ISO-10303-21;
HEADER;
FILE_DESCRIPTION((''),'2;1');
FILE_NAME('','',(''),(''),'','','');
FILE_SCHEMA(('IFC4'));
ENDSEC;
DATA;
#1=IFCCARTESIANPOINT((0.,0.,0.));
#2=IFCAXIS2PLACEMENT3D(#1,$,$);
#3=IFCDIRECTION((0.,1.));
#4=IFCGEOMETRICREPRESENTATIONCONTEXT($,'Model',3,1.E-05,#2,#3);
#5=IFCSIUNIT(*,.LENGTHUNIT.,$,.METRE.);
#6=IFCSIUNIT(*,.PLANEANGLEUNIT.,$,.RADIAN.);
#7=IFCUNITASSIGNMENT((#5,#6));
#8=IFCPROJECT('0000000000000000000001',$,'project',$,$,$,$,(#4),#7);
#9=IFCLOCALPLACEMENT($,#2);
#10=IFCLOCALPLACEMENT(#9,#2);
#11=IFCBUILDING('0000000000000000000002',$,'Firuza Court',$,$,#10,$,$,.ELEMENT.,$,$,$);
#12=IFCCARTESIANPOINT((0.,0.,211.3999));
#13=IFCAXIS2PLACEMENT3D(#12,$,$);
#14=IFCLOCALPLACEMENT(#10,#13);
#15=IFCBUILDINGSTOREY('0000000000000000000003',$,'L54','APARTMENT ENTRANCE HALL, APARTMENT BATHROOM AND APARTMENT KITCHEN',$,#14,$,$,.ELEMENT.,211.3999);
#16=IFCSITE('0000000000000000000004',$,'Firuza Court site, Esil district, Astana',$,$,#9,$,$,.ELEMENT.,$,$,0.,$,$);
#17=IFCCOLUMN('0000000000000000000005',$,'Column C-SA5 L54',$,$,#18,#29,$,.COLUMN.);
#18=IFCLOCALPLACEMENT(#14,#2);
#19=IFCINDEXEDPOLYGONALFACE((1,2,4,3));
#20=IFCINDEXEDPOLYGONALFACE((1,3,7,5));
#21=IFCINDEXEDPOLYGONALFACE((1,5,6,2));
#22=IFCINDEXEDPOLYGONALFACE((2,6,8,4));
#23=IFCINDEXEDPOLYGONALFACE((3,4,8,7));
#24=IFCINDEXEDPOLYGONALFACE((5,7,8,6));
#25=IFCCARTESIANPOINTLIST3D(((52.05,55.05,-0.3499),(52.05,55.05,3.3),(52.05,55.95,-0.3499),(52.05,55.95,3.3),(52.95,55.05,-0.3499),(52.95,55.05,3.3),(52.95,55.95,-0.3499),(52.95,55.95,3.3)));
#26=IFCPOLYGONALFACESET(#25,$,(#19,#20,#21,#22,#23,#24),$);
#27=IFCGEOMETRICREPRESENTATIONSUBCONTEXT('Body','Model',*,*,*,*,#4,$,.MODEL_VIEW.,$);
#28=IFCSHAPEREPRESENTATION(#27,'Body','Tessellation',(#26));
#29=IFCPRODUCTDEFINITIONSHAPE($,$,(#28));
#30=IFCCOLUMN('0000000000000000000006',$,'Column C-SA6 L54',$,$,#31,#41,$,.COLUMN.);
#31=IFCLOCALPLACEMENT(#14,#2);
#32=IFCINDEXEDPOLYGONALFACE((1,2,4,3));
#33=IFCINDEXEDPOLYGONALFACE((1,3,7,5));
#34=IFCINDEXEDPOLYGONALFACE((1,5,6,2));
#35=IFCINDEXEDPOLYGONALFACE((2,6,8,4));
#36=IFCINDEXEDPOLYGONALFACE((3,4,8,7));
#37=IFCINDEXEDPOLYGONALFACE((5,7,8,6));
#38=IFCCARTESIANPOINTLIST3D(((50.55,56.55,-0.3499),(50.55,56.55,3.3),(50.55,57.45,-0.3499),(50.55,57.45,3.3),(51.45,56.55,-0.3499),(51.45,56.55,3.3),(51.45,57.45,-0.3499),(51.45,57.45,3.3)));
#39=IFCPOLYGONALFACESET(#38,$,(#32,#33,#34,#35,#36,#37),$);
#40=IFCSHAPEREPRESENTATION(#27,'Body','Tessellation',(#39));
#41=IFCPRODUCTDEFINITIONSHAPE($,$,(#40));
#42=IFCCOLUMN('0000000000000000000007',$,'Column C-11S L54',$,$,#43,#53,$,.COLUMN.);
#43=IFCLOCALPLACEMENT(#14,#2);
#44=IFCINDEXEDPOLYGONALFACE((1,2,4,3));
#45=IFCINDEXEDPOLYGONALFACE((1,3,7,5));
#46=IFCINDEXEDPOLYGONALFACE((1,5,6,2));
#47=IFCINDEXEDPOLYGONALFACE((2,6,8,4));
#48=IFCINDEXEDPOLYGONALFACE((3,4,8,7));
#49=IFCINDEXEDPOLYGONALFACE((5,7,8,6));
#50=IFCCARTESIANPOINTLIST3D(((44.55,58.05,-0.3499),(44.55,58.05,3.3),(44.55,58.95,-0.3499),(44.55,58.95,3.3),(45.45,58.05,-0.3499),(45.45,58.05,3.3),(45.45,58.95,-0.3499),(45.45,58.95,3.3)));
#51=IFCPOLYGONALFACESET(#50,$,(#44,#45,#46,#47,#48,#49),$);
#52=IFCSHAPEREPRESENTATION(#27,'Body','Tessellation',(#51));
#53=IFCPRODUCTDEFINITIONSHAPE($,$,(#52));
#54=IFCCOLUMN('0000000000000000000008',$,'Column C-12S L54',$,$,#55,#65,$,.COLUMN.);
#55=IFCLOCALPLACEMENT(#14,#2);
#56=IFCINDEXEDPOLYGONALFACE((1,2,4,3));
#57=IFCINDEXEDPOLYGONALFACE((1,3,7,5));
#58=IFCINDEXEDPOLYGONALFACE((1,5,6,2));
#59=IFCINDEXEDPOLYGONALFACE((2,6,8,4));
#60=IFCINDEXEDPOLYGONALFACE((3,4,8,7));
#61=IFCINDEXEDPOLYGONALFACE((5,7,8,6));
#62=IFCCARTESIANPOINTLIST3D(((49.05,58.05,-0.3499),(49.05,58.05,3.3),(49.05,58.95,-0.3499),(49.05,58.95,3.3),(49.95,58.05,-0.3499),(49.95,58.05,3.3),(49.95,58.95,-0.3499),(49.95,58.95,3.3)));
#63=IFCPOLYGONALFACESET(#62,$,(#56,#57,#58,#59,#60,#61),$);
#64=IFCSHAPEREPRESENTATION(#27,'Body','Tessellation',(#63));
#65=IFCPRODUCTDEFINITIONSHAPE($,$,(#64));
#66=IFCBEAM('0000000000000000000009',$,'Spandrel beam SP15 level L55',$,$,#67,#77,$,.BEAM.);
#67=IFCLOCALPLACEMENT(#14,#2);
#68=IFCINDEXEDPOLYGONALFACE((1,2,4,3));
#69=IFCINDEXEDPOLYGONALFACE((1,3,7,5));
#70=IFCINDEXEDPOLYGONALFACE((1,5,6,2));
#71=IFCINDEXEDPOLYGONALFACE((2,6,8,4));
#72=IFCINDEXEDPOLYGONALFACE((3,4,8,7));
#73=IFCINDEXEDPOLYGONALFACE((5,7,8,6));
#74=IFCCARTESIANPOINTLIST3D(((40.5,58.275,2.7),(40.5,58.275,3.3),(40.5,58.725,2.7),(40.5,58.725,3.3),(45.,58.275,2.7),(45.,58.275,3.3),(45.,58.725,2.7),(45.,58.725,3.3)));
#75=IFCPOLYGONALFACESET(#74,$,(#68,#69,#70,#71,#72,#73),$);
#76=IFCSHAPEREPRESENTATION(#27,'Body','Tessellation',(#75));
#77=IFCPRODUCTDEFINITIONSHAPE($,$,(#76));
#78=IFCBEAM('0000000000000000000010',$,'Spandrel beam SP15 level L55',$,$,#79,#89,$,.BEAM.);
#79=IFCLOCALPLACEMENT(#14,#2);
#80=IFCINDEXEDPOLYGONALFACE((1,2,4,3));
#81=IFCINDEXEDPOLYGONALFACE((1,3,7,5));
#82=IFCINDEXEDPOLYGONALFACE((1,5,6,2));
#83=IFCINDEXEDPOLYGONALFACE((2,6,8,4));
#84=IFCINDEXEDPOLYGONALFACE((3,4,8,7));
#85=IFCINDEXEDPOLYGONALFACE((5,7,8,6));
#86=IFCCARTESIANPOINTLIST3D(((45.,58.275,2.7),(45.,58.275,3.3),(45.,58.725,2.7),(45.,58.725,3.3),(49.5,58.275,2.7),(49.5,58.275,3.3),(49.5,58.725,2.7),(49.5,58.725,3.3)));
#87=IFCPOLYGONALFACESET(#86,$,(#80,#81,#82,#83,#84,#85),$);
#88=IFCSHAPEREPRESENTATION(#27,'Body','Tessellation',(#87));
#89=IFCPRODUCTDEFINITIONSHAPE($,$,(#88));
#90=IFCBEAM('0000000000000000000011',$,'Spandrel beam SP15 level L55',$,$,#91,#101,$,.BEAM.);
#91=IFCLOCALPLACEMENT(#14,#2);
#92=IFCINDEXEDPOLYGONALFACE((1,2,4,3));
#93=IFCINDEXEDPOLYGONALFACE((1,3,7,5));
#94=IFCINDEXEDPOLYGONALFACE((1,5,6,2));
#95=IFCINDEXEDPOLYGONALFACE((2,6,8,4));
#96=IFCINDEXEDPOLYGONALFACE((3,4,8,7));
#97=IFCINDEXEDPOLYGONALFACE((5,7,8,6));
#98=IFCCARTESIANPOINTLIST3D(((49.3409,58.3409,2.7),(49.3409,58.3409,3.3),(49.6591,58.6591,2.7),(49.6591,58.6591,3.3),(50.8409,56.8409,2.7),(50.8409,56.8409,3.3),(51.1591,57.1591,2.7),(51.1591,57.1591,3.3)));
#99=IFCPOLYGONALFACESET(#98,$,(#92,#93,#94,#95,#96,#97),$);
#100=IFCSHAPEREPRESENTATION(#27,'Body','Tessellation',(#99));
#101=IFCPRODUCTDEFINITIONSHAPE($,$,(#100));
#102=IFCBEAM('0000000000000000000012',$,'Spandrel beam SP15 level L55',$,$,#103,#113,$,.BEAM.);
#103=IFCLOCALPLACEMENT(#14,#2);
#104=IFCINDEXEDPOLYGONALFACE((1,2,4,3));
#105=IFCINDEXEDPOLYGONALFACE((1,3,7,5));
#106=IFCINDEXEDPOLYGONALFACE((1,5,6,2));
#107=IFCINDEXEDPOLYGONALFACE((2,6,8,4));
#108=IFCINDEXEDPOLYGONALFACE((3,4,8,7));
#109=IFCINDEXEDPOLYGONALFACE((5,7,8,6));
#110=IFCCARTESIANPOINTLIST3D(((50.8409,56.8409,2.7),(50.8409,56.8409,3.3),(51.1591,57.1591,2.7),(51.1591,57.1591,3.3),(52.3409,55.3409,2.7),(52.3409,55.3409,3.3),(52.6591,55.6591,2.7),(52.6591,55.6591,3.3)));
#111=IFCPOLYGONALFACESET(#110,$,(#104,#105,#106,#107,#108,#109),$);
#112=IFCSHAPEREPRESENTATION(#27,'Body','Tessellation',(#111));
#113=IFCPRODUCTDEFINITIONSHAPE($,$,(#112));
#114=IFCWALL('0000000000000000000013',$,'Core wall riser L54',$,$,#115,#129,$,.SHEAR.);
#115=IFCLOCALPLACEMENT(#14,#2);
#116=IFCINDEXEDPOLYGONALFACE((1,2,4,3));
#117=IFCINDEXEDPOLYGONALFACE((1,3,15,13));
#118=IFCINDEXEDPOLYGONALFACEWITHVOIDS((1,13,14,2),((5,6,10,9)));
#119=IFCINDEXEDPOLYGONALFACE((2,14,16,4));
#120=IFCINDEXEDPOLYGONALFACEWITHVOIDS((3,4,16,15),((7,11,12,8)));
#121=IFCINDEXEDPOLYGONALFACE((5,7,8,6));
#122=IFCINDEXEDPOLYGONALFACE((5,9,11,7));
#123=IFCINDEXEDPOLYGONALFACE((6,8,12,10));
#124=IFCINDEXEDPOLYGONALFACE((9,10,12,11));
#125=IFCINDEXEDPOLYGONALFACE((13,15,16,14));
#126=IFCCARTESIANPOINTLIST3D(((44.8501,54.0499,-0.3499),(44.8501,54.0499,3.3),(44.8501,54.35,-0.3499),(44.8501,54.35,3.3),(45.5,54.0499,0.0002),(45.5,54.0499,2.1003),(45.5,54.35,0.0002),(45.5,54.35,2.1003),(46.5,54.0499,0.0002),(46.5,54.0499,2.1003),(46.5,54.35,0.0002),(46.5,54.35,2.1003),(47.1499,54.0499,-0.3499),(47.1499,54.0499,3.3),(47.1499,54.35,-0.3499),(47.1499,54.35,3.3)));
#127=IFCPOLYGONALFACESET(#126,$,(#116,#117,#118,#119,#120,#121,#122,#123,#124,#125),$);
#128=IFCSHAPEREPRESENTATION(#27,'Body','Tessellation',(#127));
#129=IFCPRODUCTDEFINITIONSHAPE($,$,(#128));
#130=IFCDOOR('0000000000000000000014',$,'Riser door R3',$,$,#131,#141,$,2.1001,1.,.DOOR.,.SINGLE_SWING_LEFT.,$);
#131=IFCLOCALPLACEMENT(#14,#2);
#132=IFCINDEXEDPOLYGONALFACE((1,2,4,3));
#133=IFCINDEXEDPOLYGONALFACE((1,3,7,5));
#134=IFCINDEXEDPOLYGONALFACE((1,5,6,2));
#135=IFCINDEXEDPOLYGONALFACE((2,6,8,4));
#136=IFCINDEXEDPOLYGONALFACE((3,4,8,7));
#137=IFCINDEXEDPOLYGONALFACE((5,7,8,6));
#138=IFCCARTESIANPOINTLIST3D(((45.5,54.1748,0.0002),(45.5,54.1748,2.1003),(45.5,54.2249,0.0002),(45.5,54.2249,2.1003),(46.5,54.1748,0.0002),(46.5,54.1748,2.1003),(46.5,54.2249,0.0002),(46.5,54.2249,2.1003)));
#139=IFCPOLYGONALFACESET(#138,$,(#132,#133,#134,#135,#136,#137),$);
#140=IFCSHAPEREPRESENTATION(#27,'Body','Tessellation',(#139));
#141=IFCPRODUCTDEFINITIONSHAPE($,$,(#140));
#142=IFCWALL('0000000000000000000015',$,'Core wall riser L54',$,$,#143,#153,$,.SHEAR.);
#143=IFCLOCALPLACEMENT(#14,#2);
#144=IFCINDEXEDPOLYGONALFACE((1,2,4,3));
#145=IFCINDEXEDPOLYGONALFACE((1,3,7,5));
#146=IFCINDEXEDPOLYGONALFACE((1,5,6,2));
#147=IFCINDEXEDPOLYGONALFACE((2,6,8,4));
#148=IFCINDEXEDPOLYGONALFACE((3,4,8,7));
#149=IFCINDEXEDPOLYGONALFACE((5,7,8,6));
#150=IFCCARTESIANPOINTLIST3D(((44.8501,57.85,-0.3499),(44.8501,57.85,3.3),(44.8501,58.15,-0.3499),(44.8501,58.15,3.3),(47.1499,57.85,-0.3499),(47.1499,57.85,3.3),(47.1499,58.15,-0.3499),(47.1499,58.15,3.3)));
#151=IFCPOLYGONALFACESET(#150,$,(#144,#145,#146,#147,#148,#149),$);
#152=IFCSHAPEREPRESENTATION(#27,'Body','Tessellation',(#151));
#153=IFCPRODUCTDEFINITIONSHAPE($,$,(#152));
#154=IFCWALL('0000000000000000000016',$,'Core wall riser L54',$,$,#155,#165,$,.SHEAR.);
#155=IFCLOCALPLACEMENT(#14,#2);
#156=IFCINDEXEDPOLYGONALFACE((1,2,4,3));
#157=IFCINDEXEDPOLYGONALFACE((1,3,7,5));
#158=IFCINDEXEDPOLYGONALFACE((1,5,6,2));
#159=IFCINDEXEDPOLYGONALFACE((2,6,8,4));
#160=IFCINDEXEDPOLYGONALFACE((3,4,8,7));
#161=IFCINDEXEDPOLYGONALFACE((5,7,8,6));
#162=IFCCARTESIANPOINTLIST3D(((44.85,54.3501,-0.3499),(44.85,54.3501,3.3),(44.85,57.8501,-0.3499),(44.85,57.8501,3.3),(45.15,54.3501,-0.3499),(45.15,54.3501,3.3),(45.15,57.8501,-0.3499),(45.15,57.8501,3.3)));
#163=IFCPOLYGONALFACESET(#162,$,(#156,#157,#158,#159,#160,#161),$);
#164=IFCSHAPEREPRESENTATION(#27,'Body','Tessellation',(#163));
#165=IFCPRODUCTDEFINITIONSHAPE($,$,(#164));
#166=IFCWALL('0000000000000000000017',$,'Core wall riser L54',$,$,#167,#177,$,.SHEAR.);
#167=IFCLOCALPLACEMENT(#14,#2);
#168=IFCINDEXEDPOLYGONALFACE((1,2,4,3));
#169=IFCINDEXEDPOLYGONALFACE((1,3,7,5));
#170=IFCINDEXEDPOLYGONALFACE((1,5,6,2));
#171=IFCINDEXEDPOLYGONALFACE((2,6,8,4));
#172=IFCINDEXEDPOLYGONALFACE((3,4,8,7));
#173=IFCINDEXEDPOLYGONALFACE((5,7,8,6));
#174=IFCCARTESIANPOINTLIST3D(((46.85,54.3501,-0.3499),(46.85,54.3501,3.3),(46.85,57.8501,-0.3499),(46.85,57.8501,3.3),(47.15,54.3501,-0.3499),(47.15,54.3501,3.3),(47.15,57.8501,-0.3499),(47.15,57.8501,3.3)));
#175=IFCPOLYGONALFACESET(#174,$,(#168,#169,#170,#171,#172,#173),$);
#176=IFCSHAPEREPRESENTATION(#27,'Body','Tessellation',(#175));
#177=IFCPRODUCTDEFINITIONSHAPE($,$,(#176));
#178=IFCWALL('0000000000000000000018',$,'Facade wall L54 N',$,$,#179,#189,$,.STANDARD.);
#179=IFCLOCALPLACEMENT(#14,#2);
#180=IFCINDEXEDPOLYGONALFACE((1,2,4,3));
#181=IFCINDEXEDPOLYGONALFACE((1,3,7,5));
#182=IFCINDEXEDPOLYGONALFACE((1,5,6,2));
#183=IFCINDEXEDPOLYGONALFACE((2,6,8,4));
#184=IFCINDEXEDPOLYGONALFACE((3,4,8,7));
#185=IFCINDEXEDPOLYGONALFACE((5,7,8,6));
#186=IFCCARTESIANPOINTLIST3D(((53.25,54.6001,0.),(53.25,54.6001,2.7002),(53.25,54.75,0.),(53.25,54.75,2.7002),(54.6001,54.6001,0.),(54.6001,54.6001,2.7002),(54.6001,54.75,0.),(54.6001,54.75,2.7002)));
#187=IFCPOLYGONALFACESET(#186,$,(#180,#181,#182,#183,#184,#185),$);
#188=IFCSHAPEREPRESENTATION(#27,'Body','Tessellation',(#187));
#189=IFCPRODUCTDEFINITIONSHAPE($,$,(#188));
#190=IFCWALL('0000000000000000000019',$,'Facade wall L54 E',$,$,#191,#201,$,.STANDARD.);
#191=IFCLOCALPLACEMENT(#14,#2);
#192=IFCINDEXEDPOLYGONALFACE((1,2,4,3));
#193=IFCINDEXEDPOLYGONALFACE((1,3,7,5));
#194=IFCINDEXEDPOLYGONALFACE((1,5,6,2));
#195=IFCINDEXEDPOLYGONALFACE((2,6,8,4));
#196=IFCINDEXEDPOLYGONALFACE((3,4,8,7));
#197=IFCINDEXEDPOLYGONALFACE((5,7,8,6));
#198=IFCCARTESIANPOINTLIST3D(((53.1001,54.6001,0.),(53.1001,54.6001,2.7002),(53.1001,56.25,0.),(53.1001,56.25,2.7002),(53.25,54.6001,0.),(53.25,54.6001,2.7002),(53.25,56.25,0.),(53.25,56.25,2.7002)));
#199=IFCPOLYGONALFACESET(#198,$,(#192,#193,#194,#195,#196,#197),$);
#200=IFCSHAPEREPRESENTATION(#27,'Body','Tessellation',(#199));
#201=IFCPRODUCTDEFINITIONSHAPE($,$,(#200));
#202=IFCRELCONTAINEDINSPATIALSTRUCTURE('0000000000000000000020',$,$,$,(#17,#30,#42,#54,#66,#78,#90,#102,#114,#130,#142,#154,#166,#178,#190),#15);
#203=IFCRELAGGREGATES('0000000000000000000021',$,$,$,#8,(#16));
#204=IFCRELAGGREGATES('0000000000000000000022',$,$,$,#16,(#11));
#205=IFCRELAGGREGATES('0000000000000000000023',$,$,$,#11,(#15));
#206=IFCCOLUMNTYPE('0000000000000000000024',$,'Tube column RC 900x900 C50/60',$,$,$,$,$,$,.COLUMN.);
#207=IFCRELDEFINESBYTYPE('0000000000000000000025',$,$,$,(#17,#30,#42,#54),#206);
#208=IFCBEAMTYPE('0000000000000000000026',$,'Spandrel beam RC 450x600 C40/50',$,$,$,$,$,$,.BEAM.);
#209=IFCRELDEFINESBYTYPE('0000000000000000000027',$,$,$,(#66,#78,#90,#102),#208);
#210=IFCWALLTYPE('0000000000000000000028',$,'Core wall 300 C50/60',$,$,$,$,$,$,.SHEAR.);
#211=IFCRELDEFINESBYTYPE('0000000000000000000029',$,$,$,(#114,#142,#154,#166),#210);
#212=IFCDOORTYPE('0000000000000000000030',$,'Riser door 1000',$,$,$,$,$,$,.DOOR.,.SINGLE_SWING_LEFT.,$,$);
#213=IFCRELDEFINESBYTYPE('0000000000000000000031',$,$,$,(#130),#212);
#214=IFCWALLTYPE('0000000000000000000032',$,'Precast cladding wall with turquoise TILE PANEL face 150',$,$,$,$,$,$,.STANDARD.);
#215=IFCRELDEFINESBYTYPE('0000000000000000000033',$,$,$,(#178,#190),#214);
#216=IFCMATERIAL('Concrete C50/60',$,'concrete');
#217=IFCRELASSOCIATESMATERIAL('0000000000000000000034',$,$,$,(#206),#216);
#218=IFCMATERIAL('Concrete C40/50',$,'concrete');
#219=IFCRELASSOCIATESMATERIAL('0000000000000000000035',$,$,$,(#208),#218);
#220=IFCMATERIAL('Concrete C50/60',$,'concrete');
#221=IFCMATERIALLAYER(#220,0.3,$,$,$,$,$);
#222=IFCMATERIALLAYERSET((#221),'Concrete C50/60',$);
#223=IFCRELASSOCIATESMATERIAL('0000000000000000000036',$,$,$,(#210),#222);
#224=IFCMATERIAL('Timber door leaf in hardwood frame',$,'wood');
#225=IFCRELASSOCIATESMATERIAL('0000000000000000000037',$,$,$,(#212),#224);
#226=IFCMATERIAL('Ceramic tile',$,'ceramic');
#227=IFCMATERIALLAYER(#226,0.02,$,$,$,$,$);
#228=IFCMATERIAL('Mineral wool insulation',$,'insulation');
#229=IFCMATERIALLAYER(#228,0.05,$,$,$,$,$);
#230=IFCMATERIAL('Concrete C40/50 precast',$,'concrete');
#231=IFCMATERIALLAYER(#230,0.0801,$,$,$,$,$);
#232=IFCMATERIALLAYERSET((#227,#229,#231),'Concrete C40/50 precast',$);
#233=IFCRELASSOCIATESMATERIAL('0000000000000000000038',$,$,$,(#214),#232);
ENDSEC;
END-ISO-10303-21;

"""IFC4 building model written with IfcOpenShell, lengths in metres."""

from ifc_helpers import new_model, si_unit, direction, frame, frame_2d, origin, origin_2d, place, context, subcontext, project, spatial, rectangle, extrude, material, layer, layer_set, material_profile, profile_set, type_object, element, fill, save


model = new_model("IFC4")

# Units and contexts
model_context = context("Model", 3, precision=1e-05, world=origin(), true_north=direction((0.0, 1.0)))
body_context = subcontext(model_context, "Body", "Model", "MODEL_VIEW")
ifc_project = project(units=[si_unit("LENGTHUNIT", "METRE"), si_unit("PLANEANGLEUNIT", "RADIAN")], contexts=[model_context])

# Site, building, storey
site_placement = place(None, origin())
site = spatial("IfcSite", under=ifc_project, at=site_placement, Name="Firuza Court site, Esil district, Astana", CompositionType="ELEMENT", RefElevation=0.0)
building_placement = place(site_placement, origin())
building = spatial("IfcBuilding", under=site, at=building_placement, Name="Firuza Court", CompositionType="ELEMENT")
storey_placement = place(building_placement, frame((0.0, 0.0, 211.3999)))
storey = spatial("IfcBuildingStorey", under=building, at=storey_placement, Name="L54", Description="APARTMENT ENTRANCE HALL, APARTMENT BATHROOM AND APARTMENT KITCHEN", CompositionType="ELEMENT", Elevation=211.3999)

# Columns
ifc_material_1 = material(Name="Concrete C50/60", Category="concrete")
ifc_material_profile_1 = material_profile(ifc_material_1, rectangle(XDim=0.8999, YDim=0.8999, at=origin_2d()), Name="RC 900x900")
ifc_profile_set_1 = profile_set([ifc_material_profile_1], Name="Concrete C50/60")
column_type = type_object("IfcColumnType", Name="Tube column RC 900x900 C50/60", PredefinedType="COLUMN", material=ifc_profile_set_1)
for number, where, z_axis, x_axis, name in (
    (1, (52.5, 55.5, -0.3499), (0.0, 0.0, 1.0), (1.0, 0.0, 0.0), "Column C-SA5 L54"),
    (2, (51.0, 57.0, -0.3499), (0.0, 0.0, 1.0), (1.0, 0.0, 0.0), "Column C-SA6 L54"),
    (3, (45.0, 58.5, -0.3499), (0.0, 0.0, 1.0), (1.0, 0.0, 0.0), "Column C-11S L54"),
    (4, (49.5, 58.5, -0.3499), (0.0, 0.0, 1.0), (1.0, 0.0, 0.0), "Column C-12S L54"),
):
    element("IfcColumn", number, at=place(storey_placement, frame(where, z_axis=z_axis, x_axis=x_axis)), inside=storey, type_object=column_type, Name=name, PredefinedType="COLUMN", context=body_context, shape_type="SweptSolid", body=[
        extrude(rectangle(XDim=0.8999, YDim=0.8999, at=origin_2d()), origin(), (0.0, 0.0, 1.0), 3.6499),
    ])

# Beams
ifc_material_2 = material(Name="Concrete C40/50", Category="concrete")
ifc_material_profile_2 = material_profile(ifc_material_2, rectangle(XDim=0.45, YDim=0.6001, at=origin_2d()), Name="RC 450x600")
ifc_profile_set_2 = profile_set([ifc_material_profile_2], Name="Concrete C40/50")
beam_type = type_object("IfcBeamType", Name="Spandrel beam RC 450x600 C40/50", PredefinedType="BEAM", material=ifc_profile_set_2)
for number, where, z_axis, x_axis, name in (
    (5, (45.0, 58.5, 3.0), (-1.0, 0.0, 0.0), (0.0, -1.0, 0.0), "Spandrel beam SP15 level L55"),
    (6, (49.5, 58.5, 3.0), (-1.0, 0.0, 0.0), (0.0, -1.0, 0.0), "Spandrel beam SP15 level L55"),
):
    element("IfcBeam", number, at=place(storey_placement, frame(where, z_axis=z_axis, x_axis=x_axis)), inside=storey, type_object=beam_type, Name=name, PredefinedType="BEAM", context=body_context, shape_type="SweptSolid", body=[
        extrude(rectangle(XDim=0.45, YDim=0.6001, at=origin_2d()), origin(), (0.0, 0.0, 1.0), 4.5),
    ])
for number, where, z_axis, x_axis, name in (
    (7, (51.0, 57.0, 3.0), (-0.707107, 0.707107, 0.0), (-0.707107, -0.707107, 0.0), "Spandrel beam SP15 level L55"),
    (8, (52.5, 55.5, 3.0), (-0.707107, 0.707107, 0.0), (-0.707107, -0.707107, 0.0), "Spandrel beam SP15 level L55"),
):
    element("IfcBeam", number, at=place(storey_placement, frame(where, z_axis=z_axis, x_axis=x_axis)), inside=storey, type_object=beam_type, Name=name, PredefinedType="BEAM", context=body_context, shape_type="SweptSolid", body=[
        extrude(rectangle(XDim=0.45, YDim=0.6001, at=origin_2d()), origin(), (0.0, 0.0, 1.0), 2.1213),
    ])

# Wall, opening, door
ifc_material_3 = material(Name="Concrete C50/60", Category="concrete")
ifc_layer_1 = layer(ifc_material_3, 0.3)
ifc_layer_set_1 = layer_set([ifc_layer_1], Name="Concrete C50/60")
wall_type_1 = type_object("IfcWallType", Name="Core wall 300 C50/60", PredefinedType="SHEAR", material=ifc_layer_set_1)
wall_1_placement = place(storey_placement, frame((44.8501, 54.2, -0.3499), z_axis=(0.0, 0.0, 1.0), x_axis=(1.0, 0.0, 0.0)))
wall_1 = element("IfcWall", 9, at=wall_1_placement, inside=storey, type_object=wall_type_1, Name="Core wall riser L54", PredefinedType="SHEAR", context=body_context, shape_type="SweptSolid", body=[
    extrude(rectangle(XDim=2.2998, YDim=0.3, at=frame_2d((1.1499, 0.0))), origin(), (0.0, 0.0, 1.0), 3.6499),
])
opening_1_placement = place(wall_1_placement, frame((0.6499, 0.0, 0.3501)))
opening_1 = element("IfcOpeningElement", 10, at=opening_1_placement, cuts=wall_1, PredefinedType="OPENING", context=body_context, shape_type="SweptSolid", body=[
    extrude(rectangle(XDim=1.0, YDim=2.1001, at=frame_2d((0.5, 1.05))), frame((0.0, 0.1621, 0.0), z_axis=(0.0, -1.0, 0.0), x_axis=(1.0, 0.0, 0.0)), (0.0, 0.0, 1.0), 0.324),
])
ifc_material_4 = material(Name="Timber door leaf in hardwood frame", Category="wood")
door_type = type_object("IfcDoorType", Name="Riser door 1000", OperationType="SINGLE_SWING_LEFT", PredefinedType="DOOR", material=ifc_material_4)
door_placement = place(opening_1_placement, origin())
door = element("IfcDoor", 11, at=door_placement, inside=storey, type_object=door_type, Name="Riser door R3", OperationType="SINGLE_SWING_LEFT", OverallHeight=2.1001, OverallWidth=1.0, PredefinedType="DOOR", context=body_context, shape_type="SweptSolid", body=[
    extrude(rectangle(XDim=1.0, YDim=2.1001, at=frame_2d((0.5, 1.05))), frame((0.0, 0.0249, 0.0), z_axis=(0.0, -1.0, 0.0), x_axis=(1.0, 0.0, 0.0)), (0.0, 0.0, 1.0), 0.05),
])
fill(opening_1, door)

# Walls
wall_2_placement = place(storey_placement, frame((44.8501, 58.0, -0.3499), z_axis=(0.0, 0.0, 1.0), x_axis=(1.0, 0.0, 0.0)))
element("IfcWall", 12, at=wall_2_placement, inside=storey, type_object=wall_type_1, Name="Core wall riser L54", PredefinedType="SHEAR", context=body_context, shape_type="SweptSolid", body=[
    extrude(rectangle(XDim=2.2998, YDim=0.3, at=frame_2d((1.1499, 0.0))), origin(), (0.0, 0.0, 1.0), 3.6499),
])
for number, where, z_axis, x_axis, name in (
    (13, (45.0, 54.3501, -0.3499), (0.0, 0.0, 1.0), (0.0, 1.0, 0.0), "Core wall riser L54"),
    (14, (47.0, 54.3501, -0.3499), (0.0, 0.0, 1.0), (0.0, 1.0, 0.0), "Core wall riser L54"),
):
    element("IfcWall", number, at=place(storey_placement, frame(where, z_axis=z_axis, x_axis=x_axis)), inside=storey, type_object=wall_type_1, Name=name, PredefinedType="SHEAR", context=body_context, shape_type="SweptSolid", body=[
        extrude(rectangle(XDim=3.5, YDim=0.3, at=frame_2d((1.75, 0.0))), origin(), (0.0, 0.0, 1.0), 3.6499),
    ])
ifc_material_5 = material(Name="Ceramic tile", Category="ceramic")
ifc_layer_2 = layer(ifc_material_5, 0.02)
ifc_material_6 = material(Name="Mineral wool insulation", Category="insulation")
ifc_layer_3 = layer(ifc_material_6, 0.05)
ifc_material_7 = material(Name="Concrete C40/50 precast", Category="concrete")
ifc_layer_4 = layer(ifc_material_7, 0.0801)
ifc_layer_set_2 = layer_set([ifc_layer_2, ifc_layer_3, ifc_layer_4], Name="Concrete C40/50 precast")
wall_type_2 = type_object("IfcWallType", Name="Precast cladding wall with turquoise TILE PANEL face 150", PredefinedType="STANDARD", material=ifc_layer_set_2)
wall_3_placement = place(storey_placement, frame((54.6001, 54.675, 0.0), z_axis=(0.0, 0.0, 1.0), x_axis=(-1.0, 0.0, 0.0)))
element("IfcWall", 15, at=wall_3_placement, inside=storey, type_object=wall_type_2, Name="Facade wall L54 N", PredefinedType="STANDARD", context=body_context, shape_type="SweptSolid", body=[
    extrude(rectangle(XDim=1.3501, YDim=0.1499, at=frame_2d((0.675, 0.0))), origin(), (0.0, 0.0, 1.0), 2.7002),
])
wall_4_placement = place(storey_placement, frame((53.175, 54.6001, 0.0), z_axis=(0.0, 0.0, 1.0), x_axis=(0.0, 1.0, 0.0)))
element("IfcWall", 16, at=wall_4_placement, inside=storey, type_object=wall_type_2, Name="Facade wall L54 E", PredefinedType="STANDARD", context=body_context, shape_type="SweptSolid", body=[
    extrude(rectangle(XDim=1.6499, YDim=0.1499, at=frame_2d((0.825, 0.0))), origin(), (0.0, 0.0, 1.0), 2.7002),
])

save(model, "model.ifc")
